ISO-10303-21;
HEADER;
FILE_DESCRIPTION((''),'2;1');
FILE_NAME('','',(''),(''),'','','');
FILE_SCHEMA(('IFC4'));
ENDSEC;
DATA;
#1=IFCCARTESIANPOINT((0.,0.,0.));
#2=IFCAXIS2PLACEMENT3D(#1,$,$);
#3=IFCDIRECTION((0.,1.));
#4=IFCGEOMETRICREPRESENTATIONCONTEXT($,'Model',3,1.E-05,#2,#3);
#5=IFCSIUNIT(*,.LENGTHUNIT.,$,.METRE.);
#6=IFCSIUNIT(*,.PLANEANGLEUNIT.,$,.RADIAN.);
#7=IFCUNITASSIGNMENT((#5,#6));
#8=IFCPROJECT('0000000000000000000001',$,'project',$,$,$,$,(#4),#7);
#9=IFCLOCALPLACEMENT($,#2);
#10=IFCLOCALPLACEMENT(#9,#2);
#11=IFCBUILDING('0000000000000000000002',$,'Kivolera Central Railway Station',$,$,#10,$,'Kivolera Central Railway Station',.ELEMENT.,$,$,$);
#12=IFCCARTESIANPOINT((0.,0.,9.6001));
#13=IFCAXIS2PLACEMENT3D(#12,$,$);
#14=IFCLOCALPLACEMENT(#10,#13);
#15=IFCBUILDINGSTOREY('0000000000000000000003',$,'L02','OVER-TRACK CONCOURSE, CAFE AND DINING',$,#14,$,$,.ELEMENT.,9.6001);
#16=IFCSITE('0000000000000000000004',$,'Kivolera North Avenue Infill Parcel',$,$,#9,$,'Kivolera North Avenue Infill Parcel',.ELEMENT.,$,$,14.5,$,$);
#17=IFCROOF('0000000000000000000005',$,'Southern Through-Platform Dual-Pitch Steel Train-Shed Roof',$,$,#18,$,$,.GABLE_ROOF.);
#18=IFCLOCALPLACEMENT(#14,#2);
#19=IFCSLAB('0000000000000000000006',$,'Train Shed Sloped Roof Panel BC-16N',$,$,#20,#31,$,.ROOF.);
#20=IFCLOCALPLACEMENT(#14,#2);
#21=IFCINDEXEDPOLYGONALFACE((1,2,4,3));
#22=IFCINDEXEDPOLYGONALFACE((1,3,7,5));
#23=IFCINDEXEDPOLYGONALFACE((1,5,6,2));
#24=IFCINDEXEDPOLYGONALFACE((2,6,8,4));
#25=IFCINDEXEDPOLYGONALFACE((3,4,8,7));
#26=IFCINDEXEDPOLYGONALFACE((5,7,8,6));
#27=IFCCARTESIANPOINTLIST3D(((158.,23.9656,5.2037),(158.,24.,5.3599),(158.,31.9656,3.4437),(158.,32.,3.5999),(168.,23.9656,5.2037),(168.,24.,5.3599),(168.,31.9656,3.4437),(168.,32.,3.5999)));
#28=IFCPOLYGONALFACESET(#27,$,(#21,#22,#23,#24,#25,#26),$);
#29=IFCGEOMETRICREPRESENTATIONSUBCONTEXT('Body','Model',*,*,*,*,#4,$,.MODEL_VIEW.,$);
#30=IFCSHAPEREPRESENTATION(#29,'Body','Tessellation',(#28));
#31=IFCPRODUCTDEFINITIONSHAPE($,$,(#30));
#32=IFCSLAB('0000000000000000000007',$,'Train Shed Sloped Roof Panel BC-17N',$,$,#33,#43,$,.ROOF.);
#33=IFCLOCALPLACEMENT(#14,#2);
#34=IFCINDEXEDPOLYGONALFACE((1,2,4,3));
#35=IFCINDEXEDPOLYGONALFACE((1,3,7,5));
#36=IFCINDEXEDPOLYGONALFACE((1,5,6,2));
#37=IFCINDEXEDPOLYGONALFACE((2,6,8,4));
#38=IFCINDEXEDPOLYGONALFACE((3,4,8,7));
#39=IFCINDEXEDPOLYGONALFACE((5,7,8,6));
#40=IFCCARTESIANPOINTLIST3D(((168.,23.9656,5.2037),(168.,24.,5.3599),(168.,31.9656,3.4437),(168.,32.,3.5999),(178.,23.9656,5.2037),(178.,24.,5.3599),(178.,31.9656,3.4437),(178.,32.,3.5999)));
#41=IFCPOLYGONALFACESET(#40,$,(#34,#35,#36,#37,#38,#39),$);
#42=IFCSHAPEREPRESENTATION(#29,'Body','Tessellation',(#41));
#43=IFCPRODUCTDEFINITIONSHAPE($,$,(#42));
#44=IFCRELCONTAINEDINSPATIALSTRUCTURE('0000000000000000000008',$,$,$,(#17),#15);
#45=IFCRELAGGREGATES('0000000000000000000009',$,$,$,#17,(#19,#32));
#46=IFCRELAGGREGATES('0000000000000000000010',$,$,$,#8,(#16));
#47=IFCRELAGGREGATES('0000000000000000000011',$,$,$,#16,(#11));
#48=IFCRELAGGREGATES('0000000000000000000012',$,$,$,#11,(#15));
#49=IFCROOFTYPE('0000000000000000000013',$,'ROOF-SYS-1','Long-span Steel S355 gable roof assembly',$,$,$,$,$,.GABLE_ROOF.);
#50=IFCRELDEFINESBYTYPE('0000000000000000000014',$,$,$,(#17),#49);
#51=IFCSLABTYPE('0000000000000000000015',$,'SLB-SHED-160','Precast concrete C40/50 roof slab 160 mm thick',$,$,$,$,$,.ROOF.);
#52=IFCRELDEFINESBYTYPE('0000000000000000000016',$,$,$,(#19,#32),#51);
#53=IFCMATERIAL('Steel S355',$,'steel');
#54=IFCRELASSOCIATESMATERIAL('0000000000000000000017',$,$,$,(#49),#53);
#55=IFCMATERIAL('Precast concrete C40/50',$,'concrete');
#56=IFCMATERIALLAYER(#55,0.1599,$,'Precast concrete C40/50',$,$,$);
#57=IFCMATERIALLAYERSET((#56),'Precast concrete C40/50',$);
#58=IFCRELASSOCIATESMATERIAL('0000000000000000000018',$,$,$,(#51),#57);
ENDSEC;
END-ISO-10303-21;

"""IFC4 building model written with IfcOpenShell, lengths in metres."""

from ifc_helpers import new_model, si_unit, direction, frame, origin, place, context, subcontext, project, spatial, polyline, outline, extrude, material, layer, layer_set, type_object, element, aggregate, save


model = new_model("IFC4")

# Units and contexts
model_context = context("Model", 3, precision=1e-05, world=origin(), true_north=direction((0.0, 1.0)))
body_context = subcontext(model_context, "Body", "Model", "MODEL_VIEW")
ifc_project = project(units=[si_unit("LENGTHUNIT", "METRE"), si_unit("PLANEANGLEUNIT", "RADIAN")], contexts=[model_context])

# Site, building, storey
site_placement = place(None, origin())
site = spatial("IfcSite", under=ifc_project, at=site_placement, Name="Kivolera North Avenue Infill Parcel", LongName="Kivolera North Avenue Infill Parcel", CompositionType="ELEMENT", RefElevation=14.5)
building_placement = place(site_placement, origin())
building = spatial("IfcBuilding", under=site, at=building_placement, Name="Kivolera Central Railway Station", LongName="Kivolera Central Railway Station", CompositionType="ELEMENT")
storey_placement = place(building_placement, frame((0.0, 0.0, 9.6001)))
storey = spatial("IfcBuildingStorey", under=building, at=storey_placement, Name="L02", Description="OVER-TRACK CONCOURSE, CAFE AND DINING", CompositionType="ELEMENT", Elevation=9.6001)

# Shared definitions
ifc_material_1 = material(Name="Steel S355", Category="steel")

# Roof, slabs
roof_type = type_object("IfcRoofType", Name="ROOF-SYS-1", Description="Long-span Steel S355 gable roof assembly", PredefinedType="GABLE_ROOF", material=ifc_material_1)
roof_placement = place(storey_placement, origin())
roof = element("IfcRoof", 1, at=roof_placement, inside=storey, type_object=roof_type, Name="Southern Through-Platform Dual-Pitch Steel Train-Shed Roof", PredefinedType="GABLE_ROOF")
ifc_material_2 = material(Name="Precast concrete C40/50", Category="concrete")
ifc_layer_1 = layer(ifc_material_2, 0.1599, Name="Precast concrete C40/50")
ifc_layer_set_1 = layer_set([ifc_layer_1], Name="Precast concrete C40/50")
slab_type = type_object("IfcSlabType", Name="SLB-SHED-160", Description="Precast concrete C40/50 roof slab 160 mm thick", PredefinedType="ROOF", material=ifc_layer_set_1)
slab_1_placement = place(storey_placement, frame((158.0, 24.0, 5.3599), z_axis=(0.0, 0.214863, 0.976644), x_axis=(1.0, 0.0, 0.0)))
slab_1 = element("IfcSlab", 2, at=slab_1_placement, type_object=slab_type, Name="Train Shed Sloped Roof Panel BC-16N", PredefinedType="ROOF", context=body_context, shape_type="SweptSolid", body=[
    extrude(outline(polyline([(0.0, 0.0), (10.0, 0.0), (10.0, 8.1913), (0.0, 8.1913), (0.0, 0.0)])), origin(), (0.0, 0.0, -1.0), 0.1599),
])
slab_2_placement = place(storey_placement, frame((168.0, 24.0, 5.3599), z_axis=(0.0, 0.214863, 0.976644), x_axis=(1.0, 0.0, 0.0)))
slab_2 = element("IfcSlab", 3, at=slab_2_placement, type_object=slab_type, Name="Train Shed Sloped Roof Panel BC-17N", PredefinedType="ROOF", context=body_context, shape_type="SweptSolid", body=[
    extrude(outline(polyline([(0.0, 0.0), (10.0, 0.0), (10.0, 8.1913), (0.0, 8.1913), (0.0, 0.0)])), origin(), (0.0, 0.0, -1.0), 0.1599),
])
aggregate(roof, [slab_1, slab_2])

save(model, "model.ifc")
